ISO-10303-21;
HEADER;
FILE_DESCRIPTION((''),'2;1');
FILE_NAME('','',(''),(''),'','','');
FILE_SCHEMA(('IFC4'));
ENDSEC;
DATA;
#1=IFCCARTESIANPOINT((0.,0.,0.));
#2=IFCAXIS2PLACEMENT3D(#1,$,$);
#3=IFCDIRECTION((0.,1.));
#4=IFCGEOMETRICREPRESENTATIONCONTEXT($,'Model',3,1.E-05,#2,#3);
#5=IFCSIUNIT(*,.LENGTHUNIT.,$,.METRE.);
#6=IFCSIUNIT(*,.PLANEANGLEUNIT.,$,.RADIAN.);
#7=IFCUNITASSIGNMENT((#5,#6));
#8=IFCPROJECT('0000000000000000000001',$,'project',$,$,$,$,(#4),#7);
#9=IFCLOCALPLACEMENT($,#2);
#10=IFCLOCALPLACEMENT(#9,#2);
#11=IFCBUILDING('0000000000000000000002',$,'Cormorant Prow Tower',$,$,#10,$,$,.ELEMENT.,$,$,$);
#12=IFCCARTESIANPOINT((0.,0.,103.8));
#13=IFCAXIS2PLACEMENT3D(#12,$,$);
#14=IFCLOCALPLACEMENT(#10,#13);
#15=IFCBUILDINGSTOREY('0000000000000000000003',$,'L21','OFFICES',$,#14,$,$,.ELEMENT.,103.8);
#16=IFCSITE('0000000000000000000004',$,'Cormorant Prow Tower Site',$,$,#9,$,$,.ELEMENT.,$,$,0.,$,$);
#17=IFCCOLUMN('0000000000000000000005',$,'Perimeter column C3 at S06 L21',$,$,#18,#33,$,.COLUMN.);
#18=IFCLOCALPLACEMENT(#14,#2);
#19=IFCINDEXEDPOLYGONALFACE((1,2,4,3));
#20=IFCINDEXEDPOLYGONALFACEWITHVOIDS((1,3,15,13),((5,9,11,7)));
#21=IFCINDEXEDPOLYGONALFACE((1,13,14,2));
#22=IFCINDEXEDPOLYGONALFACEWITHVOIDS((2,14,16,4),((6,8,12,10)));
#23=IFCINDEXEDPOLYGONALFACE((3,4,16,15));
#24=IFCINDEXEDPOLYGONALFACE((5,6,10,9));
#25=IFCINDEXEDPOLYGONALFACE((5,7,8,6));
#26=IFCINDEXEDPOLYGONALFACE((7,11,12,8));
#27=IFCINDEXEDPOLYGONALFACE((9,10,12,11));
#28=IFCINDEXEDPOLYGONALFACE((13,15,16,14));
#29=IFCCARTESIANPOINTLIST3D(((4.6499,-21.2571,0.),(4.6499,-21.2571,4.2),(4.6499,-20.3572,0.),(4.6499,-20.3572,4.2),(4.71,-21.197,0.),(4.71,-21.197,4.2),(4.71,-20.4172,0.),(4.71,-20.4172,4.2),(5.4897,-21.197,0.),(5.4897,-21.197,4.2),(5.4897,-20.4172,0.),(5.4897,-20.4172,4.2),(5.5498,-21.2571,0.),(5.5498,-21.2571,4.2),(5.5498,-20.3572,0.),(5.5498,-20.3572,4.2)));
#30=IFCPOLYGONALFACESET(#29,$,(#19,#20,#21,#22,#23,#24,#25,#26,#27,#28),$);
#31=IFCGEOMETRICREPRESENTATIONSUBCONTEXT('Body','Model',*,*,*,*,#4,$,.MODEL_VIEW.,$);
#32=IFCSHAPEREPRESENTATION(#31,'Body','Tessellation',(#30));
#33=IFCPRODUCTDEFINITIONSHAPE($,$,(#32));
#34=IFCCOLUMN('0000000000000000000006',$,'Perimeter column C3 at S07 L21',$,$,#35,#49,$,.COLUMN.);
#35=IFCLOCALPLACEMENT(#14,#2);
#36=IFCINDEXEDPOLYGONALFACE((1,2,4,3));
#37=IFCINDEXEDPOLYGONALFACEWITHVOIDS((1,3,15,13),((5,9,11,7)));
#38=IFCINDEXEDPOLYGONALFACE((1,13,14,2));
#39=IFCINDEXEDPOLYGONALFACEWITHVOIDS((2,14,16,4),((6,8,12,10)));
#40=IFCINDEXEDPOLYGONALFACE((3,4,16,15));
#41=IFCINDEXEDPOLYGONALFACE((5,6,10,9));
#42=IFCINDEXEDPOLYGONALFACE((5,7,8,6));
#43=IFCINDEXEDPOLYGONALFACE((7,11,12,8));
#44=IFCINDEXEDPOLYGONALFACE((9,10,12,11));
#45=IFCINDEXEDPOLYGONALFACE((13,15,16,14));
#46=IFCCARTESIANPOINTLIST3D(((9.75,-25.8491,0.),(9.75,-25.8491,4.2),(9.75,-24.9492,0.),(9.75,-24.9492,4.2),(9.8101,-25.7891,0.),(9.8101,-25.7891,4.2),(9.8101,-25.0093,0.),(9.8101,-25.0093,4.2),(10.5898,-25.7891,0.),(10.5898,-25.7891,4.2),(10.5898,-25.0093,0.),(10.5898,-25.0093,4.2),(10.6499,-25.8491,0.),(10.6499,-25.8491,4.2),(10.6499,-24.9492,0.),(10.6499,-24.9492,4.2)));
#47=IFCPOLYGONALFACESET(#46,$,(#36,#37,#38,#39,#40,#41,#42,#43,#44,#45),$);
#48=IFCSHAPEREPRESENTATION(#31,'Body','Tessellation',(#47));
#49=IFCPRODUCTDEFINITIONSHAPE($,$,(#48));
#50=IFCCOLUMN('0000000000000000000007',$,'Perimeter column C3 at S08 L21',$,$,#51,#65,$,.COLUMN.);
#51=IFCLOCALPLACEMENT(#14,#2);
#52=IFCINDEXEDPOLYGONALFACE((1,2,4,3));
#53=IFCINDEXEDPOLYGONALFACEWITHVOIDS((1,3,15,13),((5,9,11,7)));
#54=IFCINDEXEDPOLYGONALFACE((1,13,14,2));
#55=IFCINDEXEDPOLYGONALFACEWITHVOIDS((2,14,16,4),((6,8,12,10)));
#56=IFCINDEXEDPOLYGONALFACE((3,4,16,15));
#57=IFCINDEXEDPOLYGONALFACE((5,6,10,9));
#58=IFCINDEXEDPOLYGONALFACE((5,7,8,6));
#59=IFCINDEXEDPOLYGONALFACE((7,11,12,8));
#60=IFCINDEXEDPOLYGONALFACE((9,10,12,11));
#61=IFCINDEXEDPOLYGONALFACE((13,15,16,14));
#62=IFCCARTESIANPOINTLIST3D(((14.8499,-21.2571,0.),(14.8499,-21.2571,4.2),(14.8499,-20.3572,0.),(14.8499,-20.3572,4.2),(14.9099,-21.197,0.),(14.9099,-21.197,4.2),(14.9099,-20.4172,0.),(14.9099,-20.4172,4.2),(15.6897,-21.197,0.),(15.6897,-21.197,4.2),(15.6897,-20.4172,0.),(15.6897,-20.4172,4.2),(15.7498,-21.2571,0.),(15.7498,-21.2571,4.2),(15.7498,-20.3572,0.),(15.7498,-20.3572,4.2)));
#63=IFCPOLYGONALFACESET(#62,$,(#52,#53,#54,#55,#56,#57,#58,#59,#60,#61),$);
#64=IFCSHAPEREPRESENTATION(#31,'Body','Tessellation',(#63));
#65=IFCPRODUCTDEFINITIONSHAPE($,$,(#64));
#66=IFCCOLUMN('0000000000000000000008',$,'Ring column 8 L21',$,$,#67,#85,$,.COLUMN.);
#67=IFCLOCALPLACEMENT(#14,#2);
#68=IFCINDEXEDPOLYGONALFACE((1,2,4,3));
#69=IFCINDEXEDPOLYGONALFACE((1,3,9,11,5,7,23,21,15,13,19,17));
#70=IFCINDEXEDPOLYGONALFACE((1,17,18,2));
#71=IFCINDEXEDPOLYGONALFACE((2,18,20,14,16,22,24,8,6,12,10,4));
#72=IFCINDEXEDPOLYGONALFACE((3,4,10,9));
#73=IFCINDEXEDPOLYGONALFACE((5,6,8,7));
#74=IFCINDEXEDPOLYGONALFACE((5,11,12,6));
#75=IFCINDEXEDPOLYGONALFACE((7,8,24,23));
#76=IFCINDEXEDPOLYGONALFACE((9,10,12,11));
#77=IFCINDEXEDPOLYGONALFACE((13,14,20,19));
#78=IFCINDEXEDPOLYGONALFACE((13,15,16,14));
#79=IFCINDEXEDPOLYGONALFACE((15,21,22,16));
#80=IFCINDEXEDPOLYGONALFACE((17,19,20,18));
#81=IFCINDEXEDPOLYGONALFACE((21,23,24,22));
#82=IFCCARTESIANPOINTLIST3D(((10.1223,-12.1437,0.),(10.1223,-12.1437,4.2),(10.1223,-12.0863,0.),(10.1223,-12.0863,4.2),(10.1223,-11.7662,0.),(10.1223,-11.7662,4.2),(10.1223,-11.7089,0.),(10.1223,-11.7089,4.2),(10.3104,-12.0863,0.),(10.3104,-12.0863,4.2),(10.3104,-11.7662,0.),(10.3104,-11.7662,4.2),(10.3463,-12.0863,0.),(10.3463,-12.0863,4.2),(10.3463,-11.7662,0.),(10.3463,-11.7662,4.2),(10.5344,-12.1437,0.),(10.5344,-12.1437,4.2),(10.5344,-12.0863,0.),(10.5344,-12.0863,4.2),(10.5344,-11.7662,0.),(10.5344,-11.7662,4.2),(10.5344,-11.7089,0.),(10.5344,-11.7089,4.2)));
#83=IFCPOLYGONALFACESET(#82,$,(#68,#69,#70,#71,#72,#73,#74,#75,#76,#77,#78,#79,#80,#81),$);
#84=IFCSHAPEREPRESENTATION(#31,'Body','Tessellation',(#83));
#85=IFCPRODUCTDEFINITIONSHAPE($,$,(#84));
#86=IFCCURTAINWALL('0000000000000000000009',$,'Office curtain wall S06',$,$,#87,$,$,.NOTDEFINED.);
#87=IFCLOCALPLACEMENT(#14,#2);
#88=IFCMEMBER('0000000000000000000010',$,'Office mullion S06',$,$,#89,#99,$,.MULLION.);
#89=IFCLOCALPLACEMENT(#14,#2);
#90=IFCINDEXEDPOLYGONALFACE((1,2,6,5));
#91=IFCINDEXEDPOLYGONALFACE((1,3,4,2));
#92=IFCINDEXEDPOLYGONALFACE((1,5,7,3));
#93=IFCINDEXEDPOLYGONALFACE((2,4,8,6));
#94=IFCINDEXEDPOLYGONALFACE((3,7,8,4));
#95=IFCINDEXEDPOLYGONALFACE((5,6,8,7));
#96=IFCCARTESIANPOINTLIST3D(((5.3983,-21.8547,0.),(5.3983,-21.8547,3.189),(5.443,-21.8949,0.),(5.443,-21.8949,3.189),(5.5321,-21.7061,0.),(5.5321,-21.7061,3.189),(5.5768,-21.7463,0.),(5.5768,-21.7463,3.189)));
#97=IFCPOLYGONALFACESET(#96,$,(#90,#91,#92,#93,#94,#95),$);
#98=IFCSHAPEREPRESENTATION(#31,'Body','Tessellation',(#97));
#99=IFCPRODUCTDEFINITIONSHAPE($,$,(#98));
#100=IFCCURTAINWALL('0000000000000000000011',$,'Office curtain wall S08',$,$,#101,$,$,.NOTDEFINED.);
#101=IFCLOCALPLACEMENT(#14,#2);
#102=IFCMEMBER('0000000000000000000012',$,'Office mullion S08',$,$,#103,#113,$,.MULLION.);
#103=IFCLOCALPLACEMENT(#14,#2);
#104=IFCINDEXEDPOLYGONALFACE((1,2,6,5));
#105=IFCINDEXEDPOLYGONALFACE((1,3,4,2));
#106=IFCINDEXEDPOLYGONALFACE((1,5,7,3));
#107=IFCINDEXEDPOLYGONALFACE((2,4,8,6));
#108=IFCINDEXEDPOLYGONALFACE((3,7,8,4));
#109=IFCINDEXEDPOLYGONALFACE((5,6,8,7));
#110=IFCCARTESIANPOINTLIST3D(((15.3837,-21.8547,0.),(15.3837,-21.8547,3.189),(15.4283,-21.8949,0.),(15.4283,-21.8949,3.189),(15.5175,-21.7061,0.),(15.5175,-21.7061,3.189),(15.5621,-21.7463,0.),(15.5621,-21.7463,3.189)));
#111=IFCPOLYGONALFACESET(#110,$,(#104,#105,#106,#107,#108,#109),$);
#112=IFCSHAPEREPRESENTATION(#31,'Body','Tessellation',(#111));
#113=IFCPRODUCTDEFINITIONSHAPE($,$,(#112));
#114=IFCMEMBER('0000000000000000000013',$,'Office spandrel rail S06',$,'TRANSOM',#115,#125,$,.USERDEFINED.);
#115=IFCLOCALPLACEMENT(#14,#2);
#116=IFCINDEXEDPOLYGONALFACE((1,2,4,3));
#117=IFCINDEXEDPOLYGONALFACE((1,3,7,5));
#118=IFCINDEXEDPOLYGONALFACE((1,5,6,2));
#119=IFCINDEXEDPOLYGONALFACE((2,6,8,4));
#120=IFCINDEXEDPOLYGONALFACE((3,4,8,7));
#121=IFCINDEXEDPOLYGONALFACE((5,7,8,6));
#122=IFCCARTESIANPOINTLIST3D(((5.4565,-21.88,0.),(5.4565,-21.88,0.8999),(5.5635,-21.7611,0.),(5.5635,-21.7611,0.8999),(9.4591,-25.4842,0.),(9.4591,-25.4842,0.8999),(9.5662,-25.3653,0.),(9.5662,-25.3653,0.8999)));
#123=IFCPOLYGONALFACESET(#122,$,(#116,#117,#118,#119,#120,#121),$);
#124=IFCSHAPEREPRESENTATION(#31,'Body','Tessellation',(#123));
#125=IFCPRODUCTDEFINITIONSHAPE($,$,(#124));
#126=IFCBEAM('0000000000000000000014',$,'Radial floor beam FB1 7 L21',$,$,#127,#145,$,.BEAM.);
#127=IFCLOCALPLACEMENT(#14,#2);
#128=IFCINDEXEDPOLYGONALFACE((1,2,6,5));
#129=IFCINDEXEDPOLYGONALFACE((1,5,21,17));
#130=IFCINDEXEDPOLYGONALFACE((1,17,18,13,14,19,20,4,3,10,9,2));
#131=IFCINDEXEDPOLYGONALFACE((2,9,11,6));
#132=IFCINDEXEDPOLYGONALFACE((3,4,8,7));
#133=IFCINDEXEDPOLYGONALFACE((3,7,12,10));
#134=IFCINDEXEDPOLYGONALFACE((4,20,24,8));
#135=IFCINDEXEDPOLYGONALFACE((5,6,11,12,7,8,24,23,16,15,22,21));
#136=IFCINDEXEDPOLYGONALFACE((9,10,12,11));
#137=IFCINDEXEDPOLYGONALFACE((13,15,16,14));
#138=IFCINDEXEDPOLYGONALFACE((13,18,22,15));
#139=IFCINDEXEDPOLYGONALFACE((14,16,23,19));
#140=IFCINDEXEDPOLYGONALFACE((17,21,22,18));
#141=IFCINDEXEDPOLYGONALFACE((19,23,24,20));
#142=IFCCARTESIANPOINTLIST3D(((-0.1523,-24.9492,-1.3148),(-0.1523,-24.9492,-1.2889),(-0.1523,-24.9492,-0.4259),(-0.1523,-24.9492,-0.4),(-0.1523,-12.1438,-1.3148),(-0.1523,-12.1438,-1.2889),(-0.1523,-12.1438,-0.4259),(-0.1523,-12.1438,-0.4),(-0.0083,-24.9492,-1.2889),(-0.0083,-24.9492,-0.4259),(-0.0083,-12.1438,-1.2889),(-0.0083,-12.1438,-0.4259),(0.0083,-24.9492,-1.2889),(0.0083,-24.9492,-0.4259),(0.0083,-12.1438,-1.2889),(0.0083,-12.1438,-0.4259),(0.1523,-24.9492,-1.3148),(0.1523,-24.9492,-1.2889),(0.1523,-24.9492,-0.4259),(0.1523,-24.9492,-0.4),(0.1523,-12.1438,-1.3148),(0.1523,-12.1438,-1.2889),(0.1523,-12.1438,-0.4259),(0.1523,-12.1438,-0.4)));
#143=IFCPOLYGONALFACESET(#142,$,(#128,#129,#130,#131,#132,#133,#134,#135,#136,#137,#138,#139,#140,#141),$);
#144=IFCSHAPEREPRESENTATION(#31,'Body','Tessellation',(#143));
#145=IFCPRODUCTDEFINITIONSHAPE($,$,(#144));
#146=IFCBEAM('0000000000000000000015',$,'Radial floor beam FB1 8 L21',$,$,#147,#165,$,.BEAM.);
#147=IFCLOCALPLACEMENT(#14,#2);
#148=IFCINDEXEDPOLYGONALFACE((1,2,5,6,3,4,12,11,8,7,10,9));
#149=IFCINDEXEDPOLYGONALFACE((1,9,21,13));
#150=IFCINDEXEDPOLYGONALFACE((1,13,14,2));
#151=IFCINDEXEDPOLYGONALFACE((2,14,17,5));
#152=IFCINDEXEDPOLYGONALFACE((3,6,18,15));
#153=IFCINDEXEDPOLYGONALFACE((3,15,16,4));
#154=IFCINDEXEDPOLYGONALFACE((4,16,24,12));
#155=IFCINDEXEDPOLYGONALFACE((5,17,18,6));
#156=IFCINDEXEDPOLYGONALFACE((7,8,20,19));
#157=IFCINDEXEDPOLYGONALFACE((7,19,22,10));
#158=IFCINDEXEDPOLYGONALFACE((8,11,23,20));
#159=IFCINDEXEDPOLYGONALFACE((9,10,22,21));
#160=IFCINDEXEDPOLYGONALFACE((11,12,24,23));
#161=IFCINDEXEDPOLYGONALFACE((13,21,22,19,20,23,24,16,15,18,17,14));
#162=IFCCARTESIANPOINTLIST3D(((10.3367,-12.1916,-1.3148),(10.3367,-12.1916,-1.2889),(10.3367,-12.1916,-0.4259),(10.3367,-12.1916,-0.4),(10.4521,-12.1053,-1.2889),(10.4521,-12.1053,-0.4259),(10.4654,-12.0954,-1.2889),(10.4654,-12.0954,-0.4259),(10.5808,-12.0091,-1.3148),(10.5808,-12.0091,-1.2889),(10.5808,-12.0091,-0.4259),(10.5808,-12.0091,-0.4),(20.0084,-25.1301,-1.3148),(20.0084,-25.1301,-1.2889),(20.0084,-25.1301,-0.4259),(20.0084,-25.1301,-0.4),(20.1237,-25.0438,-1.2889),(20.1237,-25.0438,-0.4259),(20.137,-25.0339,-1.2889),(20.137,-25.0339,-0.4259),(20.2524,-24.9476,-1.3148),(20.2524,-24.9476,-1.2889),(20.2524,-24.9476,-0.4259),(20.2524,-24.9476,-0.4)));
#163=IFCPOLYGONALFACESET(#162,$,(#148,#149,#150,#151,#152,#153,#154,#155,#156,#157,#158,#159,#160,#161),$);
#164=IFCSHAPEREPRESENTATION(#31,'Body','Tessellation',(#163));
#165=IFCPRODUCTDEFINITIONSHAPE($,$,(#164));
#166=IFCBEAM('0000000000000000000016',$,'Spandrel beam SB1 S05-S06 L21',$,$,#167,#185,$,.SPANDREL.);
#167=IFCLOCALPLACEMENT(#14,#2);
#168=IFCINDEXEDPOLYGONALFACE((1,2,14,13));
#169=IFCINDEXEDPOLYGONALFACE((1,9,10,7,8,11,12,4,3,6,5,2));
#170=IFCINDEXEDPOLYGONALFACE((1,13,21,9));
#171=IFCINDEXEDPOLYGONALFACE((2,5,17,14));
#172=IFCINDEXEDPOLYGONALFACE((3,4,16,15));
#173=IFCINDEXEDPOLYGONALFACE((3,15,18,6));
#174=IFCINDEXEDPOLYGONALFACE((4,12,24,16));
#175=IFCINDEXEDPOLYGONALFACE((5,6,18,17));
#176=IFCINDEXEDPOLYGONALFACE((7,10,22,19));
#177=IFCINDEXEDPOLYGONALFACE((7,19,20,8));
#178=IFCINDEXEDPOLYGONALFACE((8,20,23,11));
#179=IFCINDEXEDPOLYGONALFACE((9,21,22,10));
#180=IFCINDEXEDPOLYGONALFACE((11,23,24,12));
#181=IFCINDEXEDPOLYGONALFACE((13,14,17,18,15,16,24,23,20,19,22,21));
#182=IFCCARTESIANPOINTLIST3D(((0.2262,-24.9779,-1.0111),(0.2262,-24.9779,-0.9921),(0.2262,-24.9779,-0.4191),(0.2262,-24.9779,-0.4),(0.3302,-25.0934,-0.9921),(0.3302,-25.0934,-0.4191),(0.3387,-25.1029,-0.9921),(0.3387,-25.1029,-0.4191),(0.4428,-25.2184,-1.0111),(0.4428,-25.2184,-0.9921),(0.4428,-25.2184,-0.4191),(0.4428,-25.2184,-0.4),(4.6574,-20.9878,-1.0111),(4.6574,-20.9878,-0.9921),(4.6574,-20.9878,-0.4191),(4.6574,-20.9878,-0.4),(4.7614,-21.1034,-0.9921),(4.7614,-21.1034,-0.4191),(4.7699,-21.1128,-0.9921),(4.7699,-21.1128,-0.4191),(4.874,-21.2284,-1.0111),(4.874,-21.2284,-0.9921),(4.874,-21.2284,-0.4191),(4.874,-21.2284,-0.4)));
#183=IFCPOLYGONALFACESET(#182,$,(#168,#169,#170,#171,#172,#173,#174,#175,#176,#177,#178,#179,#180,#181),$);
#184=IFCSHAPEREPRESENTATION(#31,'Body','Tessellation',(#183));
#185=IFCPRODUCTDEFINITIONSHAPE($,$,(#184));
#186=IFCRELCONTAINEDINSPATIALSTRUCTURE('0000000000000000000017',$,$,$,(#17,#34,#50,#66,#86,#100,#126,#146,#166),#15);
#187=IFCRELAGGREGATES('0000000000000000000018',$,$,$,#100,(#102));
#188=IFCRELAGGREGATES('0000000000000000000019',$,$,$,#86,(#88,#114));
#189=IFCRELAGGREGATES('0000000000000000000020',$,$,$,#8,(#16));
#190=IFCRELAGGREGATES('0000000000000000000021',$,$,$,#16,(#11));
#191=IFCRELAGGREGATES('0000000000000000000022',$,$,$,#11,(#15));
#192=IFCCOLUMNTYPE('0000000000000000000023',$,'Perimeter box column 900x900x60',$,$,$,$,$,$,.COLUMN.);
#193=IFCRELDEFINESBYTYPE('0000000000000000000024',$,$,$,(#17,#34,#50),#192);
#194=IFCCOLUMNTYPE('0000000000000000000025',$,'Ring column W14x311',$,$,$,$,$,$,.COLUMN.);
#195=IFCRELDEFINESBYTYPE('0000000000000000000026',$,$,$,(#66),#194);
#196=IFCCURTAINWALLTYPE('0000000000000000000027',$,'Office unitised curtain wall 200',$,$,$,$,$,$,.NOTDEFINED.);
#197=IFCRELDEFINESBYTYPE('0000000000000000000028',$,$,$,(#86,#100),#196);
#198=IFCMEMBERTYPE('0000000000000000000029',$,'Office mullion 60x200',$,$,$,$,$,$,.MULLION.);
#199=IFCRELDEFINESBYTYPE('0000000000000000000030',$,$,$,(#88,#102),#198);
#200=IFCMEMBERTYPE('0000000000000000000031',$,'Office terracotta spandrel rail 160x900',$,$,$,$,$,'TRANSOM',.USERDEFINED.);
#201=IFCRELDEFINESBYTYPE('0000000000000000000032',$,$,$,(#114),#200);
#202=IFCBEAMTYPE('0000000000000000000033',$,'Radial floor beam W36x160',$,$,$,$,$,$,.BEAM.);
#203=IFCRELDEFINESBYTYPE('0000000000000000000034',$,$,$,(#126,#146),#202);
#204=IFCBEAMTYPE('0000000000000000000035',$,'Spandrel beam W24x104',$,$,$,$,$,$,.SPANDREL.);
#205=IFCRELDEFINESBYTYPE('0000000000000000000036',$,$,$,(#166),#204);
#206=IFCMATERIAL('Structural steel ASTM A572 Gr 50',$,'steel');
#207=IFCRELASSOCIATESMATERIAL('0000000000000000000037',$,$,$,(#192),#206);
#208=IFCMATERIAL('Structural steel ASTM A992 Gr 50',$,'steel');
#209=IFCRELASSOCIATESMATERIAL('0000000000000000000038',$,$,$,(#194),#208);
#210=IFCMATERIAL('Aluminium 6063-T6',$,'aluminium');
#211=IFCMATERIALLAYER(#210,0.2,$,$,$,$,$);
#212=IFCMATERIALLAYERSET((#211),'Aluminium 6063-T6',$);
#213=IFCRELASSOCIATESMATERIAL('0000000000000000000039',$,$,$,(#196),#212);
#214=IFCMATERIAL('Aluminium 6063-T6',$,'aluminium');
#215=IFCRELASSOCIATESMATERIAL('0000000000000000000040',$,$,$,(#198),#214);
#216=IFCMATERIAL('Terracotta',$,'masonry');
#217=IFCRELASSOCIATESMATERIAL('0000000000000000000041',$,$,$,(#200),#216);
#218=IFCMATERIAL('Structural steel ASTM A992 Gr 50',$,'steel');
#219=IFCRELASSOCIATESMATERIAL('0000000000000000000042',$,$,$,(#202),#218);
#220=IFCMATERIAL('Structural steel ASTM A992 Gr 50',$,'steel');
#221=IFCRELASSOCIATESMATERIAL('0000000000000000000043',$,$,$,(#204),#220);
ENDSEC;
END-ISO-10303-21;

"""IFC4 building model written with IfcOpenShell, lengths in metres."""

from ifc_helpers import new_model, si_unit, direction, frame, origin, origin_2d, place, context, subcontext, project, spatial, rectangle, hollow_rectangle, i_section, extrude, material, layer, layer_set, material_profile, profile_set, type_object, element, aggregate, save


model = new_model("IFC4")

# Units and contexts
model_context = context("Model", 3, precision=1e-05, world=origin(), true_north=direction((0.0, 1.0)))
body_context = subcontext(model_context, "Body", "Model", "MODEL_VIEW")
ifc_project = project(units=[si_unit("LENGTHUNIT", "METRE"), si_unit("PLANEANGLEUNIT", "RADIAN")], contexts=[model_context])

# Site, building, storey
site_placement = place(None, origin())
site = spatial("IfcSite", under=ifc_project, at=site_placement, Name="Cormorant Prow Tower Site", CompositionType="ELEMENT", RefElevation=0.0)
building_placement = place(site_placement, origin())
building = spatial("IfcBuilding", under=site, at=building_placement, Name="Cormorant Prow Tower", CompositionType="ELEMENT")
storey_placement = place(building_placement, frame((0.0, 0.0, 103.8)))
storey = spatial("IfcBuildingStorey", under=building, at=storey_placement, Name="L21", Description="OFFICES", CompositionType="ELEMENT", Elevation=103.8)

# Columns
ifc_material_1 = material(Name="Structural steel ASTM A572 Gr 50", Category="steel")
ifc_material_profile_1 = material_profile(ifc_material_1, hollow_rectangle(XDim=0.8999, YDim=0.8999, WallThickness=0.0601, at=origin_2d()), Name="Box 900x900x60")
ifc_profile_set_1 = profile_set([ifc_material_profile_1], Name="Structural steel ASTM A572 Gr 50")
column_type_1 = type_object("IfcColumnType", Name="Perimeter box column 900x900x60", PredefinedType="COLUMN", material=ifc_profile_set_1)
for number, where, z_axis, x_axis, name in (
    (1, (5.0999, -20.8071, 0.0), (0.0, 0.0, 1.0), (1.0, 0.0, 0.0), "Perimeter column C3 at S06 L21"),
    (2, (10.2, -25.3992, 0.0), (0.0, 0.0, 1.0), (1.0, 0.0, 0.0), "Perimeter column C3 at S07 L21"),
    (3, (15.2998, -20.8071, 0.0), (0.0, 0.0, 1.0), (1.0, 0.0, 0.0), "Perimeter column C3 at S08 L21"),
):
    element("IfcColumn", number, at=place(storey_placement, frame(where, z_axis=z_axis, x_axis=x_axis)), inside=storey, type_object=column_type_1, Name=name, PredefinedType="COLUMN", context=body_context, shape_type="SweptSolid", body=[
        extrude(hollow_rectangle(XDim=0.8999, YDim=0.8999, WallThickness=0.0601, at=origin_2d()), origin(), (0.0, 0.0, 1.0), 4.2),
    ])
ifc_material_2 = material(Name="Structural steel ASTM A992 Gr 50", Category="steel")
ifc_material_profile_2 = material_profile(ifc_material_2, i_section(OverallWidth=0.4121, OverallDepth=0.4348, WebThickness=0.0359, FlangeThickness=0.0574, at=origin_2d()), Name="W14x311")
ifc_profile_set_2 = profile_set([ifc_material_profile_2], Name="Structural steel ASTM A992 Gr 50")
column_type_2 = type_object("IfcColumnType", Name="Ring column W14x311", PredefinedType="COLUMN", material=ifc_profile_set_2)
column_placement = place(storey_placement, frame((10.3284, -11.9263, 0.0), z_axis=(0.0, 0.0, 1.0), x_axis=(1.0, 0.0, 0.0)))
element("IfcColumn", 4, at=column_placement, inside=storey, type_object=column_type_2, Name="Ring column 8 L21", PredefinedType="COLUMN", context=body_context, shape_type="SweptSolid", body=[
    extrude(i_section(OverallWidth=0.4121, OverallDepth=0.4348, WebThickness=0.0359, FlangeThickness=0.0574, at=origin_2d()), origin(), (0.0, 0.0, 1.0), 4.2),
])

# Curtain walls, members
ifc_material_3 = material(Name="Aluminium 6063-T6", Category="aluminium")
ifc_layer_1 = layer(ifc_material_3, 0.2)
ifc_layer_set_1 = layer_set([ifc_layer_1], Name="Aluminium 6063-T6")
curtain_wall_type = type_object("IfcCurtainWallType", Name="Office unitised curtain wall 200", PredefinedType="NOTDEFINED", material=ifc_layer_set_1)
curtain_wall_1_placement = place(storey_placement, origin())
curtain_wall_1 = element("IfcCurtainWall", 5, at=curtain_wall_1_placement, inside=storey, type_object=curtain_wall_type, Name="Office curtain wall S06", PredefinedType="NOTDEFINED")
ifc_material_4 = material(Name="Aluminium 6063-T6", Category="aluminium")
ifc_material_profile_3 = material_profile(ifc_material_4, rectangle(XDim=0.2, YDim=0.0601, at=origin_2d()), Name="Office mullion 60x200")
ifc_profile_set_3 = profile_set([ifc_material_profile_3], Name="Aluminium 6063-T6")
member_type_1 = type_object("IfcMemberType", Name="Office mullion 60x200", PredefinedType="MULLION", material=ifc_profile_set_3)
member_1_placement = place(storey_placement, frame((5.4875, -21.8005, 0.0), z_axis=(0.0, 0.0, 1.0), x_axis=(0.669131, 0.743145, 0.0)))
member_1 = element("IfcMember", 6, at=member_1_placement, type_object=member_type_1, Name="Office mullion S06", PredefinedType="MULLION", context=body_context, shape_type="SweptSolid", body=[
    extrude(rectangle(XDim=0.2, YDim=0.0601, at=origin_2d()), origin(), (0.0, 0.0, 1.0), 3.189),
])
curtain_wall_2_placement = place(storey_placement, origin())
curtain_wall_2 = element("IfcCurtainWall", 7, at=curtain_wall_2_placement, inside=storey, type_object=curtain_wall_type, Name="Office curtain wall S08", PredefinedType="NOTDEFINED")
member_2_placement = place(storey_placement, frame((15.4729, -21.8005, 0.0), z_axis=(0.0, 0.0, 1.0), x_axis=(0.669131, 0.743145, 0.0)))
member_2 = element("IfcMember", 8, at=member_2_placement, type_object=member_type_1, Name="Office mullion S08", PredefinedType="MULLION", context=body_context, shape_type="SweptSolid", body=[
    extrude(rectangle(XDim=0.2, YDim=0.0601, at=origin_2d()), origin(), (0.0, 0.0, 1.0), 3.189),
])
aggregate(curtain_wall_2, [member_2])

# Member
ifc_material_5 = material(Name="Terracotta", Category="masonry")
ifc_material_profile_4 = material_profile(ifc_material_5, rectangle(XDim=0.1599, YDim=0.8999, at=origin_2d()), Name="Office terracotta spandrel rail 160x900")
ifc_profile_set_4 = profile_set([ifc_material_profile_4], Name="Terracotta")
member_type_2 = type_object("IfcMemberType", Name="Office terracotta spandrel rail 160x900", ElementType="TRANSOM", PredefinedType="USERDEFINED", material=ifc_profile_set_4)
member_3_placement = place(storey_placement, frame((5.51, -21.8206, 0.45), z_axis=(0.743125, -0.669153, 0.0), x_axis=(0.669153, 0.743125, 0.0)))
member_3 = element("IfcMember", 9, at=member_3_placement, type_object=member_type_2, Name="Office spandrel rail S06", ObjectType="TRANSOM", PredefinedType="USERDEFINED", context=body_context, shape_type="SweptSolid", body=[
    extrude(rectangle(XDim=0.1599, YDim=0.8999, at=origin_2d()), origin(), (0.0, 0.0, 1.0), 5.3862),
])

# Beams
ifc_material_6 = material(Name="Structural steel ASTM A992 Gr 50", Category="steel")
ifc_material_profile_5 = material_profile(ifc_material_6, i_section(OverallWidth=0.3047, OverallDepth=0.9148, WebThickness=0.0166, FlangeThickness=0.0259, at=origin_2d()), Name="W36x160")
ifc_profile_set_5 = profile_set([ifc_material_profile_5], Name="Structural steel ASTM A992 Gr 50")
beam_type_1 = type_object("IfcBeamType", Name="Radial floor beam W36x160", PredefinedType="BEAM", material=ifc_profile_set_5)
beam_1_placement = place(storey_placement, frame((0.0, -12.1438, -0.8574), z_axis=(0.0, -1.0, 0.0), x_axis=(1.0, 0.0, 0.0)))
element("IfcBeam", 10, at=beam_1_placement, inside=storey, type_object=beam_type_1, Name="Radial floor beam FB1 7 L21", PredefinedType="BEAM", context=body_context, shape_type="SweptSolid", body=[
    extrude(i_section(OverallWidth=0.3047, OverallDepth=0.9148, WebThickness=0.0166, FlangeThickness=0.0259, at=origin_2d()), origin(), (0.0, 0.0, 1.0), 12.8054),
])
beam_2_placement = place(storey_placement, frame((10.4587, -12.1003, -0.8574), z_axis=(0.598722, -0.800957, 0.0), x_axis=(0.800957, 0.598722, 0.0)))
element("IfcBeam", 11, at=beam_2_placement, inside=storey, type_object=beam_type_1, Name="Radial floor beam FB1 8 L21", PredefinedType="BEAM", context=body_context, shape_type="SweptSolid", body=[
    extrude(i_section(OverallWidth=0.3047, OverallDepth=0.9148, WebThickness=0.0166, FlangeThickness=0.0259, at=origin_2d()), origin(), (0.0, 0.0, 1.0), 16.1538),
])
ifc_material_7 = material(Name="Structural steel ASTM A992 Gr 50", Category="steel")
ifc_material_profile_6 = material_profile(ifc_material_7, i_section(OverallWidth=0.3237, OverallDepth=0.6111, WebThickness=0.0127, FlangeThickness=0.019, at=origin_2d()), Name="W24x104")
ifc_profile_set_6 = profile_set([ifc_material_profile_6], Name="Structural steel ASTM A992 Gr 50")
beam_type_2 = type_object("IfcBeamType", Name="Spandrel beam W24x104", PredefinedType="SPANDREL", material=ifc_profile_set_6)
for number, where, z_axis, x_axis, name in (
    (12, (0.3345, -25.0981, -0.7056), (0.743131, 0.669146, 0.0), (-0.669146, 0.743131, 0.0), "Spandrel beam SB1 S05-S06 L21"),
):
    element("IfcBeam", number, at=place(storey_placement, frame(where, z_axis=z_axis, x_axis=x_axis)), inside=storey, type_object=beam_type_2, Name=name, PredefinedType="SPANDREL", context=body_context, shape_type="SweptSolid", body=[
        extrude(i_section(OverallWidth=0.3237, OverallDepth=0.6111, WebThickness=0.0127, FlangeThickness=0.019, at=origin_2d()), origin(), (0.0, 0.0, 1.0), 5.9629),
    ])

aggregate(curtain_wall_1, [member_1, member_3])

save(model, "model.ifc")
